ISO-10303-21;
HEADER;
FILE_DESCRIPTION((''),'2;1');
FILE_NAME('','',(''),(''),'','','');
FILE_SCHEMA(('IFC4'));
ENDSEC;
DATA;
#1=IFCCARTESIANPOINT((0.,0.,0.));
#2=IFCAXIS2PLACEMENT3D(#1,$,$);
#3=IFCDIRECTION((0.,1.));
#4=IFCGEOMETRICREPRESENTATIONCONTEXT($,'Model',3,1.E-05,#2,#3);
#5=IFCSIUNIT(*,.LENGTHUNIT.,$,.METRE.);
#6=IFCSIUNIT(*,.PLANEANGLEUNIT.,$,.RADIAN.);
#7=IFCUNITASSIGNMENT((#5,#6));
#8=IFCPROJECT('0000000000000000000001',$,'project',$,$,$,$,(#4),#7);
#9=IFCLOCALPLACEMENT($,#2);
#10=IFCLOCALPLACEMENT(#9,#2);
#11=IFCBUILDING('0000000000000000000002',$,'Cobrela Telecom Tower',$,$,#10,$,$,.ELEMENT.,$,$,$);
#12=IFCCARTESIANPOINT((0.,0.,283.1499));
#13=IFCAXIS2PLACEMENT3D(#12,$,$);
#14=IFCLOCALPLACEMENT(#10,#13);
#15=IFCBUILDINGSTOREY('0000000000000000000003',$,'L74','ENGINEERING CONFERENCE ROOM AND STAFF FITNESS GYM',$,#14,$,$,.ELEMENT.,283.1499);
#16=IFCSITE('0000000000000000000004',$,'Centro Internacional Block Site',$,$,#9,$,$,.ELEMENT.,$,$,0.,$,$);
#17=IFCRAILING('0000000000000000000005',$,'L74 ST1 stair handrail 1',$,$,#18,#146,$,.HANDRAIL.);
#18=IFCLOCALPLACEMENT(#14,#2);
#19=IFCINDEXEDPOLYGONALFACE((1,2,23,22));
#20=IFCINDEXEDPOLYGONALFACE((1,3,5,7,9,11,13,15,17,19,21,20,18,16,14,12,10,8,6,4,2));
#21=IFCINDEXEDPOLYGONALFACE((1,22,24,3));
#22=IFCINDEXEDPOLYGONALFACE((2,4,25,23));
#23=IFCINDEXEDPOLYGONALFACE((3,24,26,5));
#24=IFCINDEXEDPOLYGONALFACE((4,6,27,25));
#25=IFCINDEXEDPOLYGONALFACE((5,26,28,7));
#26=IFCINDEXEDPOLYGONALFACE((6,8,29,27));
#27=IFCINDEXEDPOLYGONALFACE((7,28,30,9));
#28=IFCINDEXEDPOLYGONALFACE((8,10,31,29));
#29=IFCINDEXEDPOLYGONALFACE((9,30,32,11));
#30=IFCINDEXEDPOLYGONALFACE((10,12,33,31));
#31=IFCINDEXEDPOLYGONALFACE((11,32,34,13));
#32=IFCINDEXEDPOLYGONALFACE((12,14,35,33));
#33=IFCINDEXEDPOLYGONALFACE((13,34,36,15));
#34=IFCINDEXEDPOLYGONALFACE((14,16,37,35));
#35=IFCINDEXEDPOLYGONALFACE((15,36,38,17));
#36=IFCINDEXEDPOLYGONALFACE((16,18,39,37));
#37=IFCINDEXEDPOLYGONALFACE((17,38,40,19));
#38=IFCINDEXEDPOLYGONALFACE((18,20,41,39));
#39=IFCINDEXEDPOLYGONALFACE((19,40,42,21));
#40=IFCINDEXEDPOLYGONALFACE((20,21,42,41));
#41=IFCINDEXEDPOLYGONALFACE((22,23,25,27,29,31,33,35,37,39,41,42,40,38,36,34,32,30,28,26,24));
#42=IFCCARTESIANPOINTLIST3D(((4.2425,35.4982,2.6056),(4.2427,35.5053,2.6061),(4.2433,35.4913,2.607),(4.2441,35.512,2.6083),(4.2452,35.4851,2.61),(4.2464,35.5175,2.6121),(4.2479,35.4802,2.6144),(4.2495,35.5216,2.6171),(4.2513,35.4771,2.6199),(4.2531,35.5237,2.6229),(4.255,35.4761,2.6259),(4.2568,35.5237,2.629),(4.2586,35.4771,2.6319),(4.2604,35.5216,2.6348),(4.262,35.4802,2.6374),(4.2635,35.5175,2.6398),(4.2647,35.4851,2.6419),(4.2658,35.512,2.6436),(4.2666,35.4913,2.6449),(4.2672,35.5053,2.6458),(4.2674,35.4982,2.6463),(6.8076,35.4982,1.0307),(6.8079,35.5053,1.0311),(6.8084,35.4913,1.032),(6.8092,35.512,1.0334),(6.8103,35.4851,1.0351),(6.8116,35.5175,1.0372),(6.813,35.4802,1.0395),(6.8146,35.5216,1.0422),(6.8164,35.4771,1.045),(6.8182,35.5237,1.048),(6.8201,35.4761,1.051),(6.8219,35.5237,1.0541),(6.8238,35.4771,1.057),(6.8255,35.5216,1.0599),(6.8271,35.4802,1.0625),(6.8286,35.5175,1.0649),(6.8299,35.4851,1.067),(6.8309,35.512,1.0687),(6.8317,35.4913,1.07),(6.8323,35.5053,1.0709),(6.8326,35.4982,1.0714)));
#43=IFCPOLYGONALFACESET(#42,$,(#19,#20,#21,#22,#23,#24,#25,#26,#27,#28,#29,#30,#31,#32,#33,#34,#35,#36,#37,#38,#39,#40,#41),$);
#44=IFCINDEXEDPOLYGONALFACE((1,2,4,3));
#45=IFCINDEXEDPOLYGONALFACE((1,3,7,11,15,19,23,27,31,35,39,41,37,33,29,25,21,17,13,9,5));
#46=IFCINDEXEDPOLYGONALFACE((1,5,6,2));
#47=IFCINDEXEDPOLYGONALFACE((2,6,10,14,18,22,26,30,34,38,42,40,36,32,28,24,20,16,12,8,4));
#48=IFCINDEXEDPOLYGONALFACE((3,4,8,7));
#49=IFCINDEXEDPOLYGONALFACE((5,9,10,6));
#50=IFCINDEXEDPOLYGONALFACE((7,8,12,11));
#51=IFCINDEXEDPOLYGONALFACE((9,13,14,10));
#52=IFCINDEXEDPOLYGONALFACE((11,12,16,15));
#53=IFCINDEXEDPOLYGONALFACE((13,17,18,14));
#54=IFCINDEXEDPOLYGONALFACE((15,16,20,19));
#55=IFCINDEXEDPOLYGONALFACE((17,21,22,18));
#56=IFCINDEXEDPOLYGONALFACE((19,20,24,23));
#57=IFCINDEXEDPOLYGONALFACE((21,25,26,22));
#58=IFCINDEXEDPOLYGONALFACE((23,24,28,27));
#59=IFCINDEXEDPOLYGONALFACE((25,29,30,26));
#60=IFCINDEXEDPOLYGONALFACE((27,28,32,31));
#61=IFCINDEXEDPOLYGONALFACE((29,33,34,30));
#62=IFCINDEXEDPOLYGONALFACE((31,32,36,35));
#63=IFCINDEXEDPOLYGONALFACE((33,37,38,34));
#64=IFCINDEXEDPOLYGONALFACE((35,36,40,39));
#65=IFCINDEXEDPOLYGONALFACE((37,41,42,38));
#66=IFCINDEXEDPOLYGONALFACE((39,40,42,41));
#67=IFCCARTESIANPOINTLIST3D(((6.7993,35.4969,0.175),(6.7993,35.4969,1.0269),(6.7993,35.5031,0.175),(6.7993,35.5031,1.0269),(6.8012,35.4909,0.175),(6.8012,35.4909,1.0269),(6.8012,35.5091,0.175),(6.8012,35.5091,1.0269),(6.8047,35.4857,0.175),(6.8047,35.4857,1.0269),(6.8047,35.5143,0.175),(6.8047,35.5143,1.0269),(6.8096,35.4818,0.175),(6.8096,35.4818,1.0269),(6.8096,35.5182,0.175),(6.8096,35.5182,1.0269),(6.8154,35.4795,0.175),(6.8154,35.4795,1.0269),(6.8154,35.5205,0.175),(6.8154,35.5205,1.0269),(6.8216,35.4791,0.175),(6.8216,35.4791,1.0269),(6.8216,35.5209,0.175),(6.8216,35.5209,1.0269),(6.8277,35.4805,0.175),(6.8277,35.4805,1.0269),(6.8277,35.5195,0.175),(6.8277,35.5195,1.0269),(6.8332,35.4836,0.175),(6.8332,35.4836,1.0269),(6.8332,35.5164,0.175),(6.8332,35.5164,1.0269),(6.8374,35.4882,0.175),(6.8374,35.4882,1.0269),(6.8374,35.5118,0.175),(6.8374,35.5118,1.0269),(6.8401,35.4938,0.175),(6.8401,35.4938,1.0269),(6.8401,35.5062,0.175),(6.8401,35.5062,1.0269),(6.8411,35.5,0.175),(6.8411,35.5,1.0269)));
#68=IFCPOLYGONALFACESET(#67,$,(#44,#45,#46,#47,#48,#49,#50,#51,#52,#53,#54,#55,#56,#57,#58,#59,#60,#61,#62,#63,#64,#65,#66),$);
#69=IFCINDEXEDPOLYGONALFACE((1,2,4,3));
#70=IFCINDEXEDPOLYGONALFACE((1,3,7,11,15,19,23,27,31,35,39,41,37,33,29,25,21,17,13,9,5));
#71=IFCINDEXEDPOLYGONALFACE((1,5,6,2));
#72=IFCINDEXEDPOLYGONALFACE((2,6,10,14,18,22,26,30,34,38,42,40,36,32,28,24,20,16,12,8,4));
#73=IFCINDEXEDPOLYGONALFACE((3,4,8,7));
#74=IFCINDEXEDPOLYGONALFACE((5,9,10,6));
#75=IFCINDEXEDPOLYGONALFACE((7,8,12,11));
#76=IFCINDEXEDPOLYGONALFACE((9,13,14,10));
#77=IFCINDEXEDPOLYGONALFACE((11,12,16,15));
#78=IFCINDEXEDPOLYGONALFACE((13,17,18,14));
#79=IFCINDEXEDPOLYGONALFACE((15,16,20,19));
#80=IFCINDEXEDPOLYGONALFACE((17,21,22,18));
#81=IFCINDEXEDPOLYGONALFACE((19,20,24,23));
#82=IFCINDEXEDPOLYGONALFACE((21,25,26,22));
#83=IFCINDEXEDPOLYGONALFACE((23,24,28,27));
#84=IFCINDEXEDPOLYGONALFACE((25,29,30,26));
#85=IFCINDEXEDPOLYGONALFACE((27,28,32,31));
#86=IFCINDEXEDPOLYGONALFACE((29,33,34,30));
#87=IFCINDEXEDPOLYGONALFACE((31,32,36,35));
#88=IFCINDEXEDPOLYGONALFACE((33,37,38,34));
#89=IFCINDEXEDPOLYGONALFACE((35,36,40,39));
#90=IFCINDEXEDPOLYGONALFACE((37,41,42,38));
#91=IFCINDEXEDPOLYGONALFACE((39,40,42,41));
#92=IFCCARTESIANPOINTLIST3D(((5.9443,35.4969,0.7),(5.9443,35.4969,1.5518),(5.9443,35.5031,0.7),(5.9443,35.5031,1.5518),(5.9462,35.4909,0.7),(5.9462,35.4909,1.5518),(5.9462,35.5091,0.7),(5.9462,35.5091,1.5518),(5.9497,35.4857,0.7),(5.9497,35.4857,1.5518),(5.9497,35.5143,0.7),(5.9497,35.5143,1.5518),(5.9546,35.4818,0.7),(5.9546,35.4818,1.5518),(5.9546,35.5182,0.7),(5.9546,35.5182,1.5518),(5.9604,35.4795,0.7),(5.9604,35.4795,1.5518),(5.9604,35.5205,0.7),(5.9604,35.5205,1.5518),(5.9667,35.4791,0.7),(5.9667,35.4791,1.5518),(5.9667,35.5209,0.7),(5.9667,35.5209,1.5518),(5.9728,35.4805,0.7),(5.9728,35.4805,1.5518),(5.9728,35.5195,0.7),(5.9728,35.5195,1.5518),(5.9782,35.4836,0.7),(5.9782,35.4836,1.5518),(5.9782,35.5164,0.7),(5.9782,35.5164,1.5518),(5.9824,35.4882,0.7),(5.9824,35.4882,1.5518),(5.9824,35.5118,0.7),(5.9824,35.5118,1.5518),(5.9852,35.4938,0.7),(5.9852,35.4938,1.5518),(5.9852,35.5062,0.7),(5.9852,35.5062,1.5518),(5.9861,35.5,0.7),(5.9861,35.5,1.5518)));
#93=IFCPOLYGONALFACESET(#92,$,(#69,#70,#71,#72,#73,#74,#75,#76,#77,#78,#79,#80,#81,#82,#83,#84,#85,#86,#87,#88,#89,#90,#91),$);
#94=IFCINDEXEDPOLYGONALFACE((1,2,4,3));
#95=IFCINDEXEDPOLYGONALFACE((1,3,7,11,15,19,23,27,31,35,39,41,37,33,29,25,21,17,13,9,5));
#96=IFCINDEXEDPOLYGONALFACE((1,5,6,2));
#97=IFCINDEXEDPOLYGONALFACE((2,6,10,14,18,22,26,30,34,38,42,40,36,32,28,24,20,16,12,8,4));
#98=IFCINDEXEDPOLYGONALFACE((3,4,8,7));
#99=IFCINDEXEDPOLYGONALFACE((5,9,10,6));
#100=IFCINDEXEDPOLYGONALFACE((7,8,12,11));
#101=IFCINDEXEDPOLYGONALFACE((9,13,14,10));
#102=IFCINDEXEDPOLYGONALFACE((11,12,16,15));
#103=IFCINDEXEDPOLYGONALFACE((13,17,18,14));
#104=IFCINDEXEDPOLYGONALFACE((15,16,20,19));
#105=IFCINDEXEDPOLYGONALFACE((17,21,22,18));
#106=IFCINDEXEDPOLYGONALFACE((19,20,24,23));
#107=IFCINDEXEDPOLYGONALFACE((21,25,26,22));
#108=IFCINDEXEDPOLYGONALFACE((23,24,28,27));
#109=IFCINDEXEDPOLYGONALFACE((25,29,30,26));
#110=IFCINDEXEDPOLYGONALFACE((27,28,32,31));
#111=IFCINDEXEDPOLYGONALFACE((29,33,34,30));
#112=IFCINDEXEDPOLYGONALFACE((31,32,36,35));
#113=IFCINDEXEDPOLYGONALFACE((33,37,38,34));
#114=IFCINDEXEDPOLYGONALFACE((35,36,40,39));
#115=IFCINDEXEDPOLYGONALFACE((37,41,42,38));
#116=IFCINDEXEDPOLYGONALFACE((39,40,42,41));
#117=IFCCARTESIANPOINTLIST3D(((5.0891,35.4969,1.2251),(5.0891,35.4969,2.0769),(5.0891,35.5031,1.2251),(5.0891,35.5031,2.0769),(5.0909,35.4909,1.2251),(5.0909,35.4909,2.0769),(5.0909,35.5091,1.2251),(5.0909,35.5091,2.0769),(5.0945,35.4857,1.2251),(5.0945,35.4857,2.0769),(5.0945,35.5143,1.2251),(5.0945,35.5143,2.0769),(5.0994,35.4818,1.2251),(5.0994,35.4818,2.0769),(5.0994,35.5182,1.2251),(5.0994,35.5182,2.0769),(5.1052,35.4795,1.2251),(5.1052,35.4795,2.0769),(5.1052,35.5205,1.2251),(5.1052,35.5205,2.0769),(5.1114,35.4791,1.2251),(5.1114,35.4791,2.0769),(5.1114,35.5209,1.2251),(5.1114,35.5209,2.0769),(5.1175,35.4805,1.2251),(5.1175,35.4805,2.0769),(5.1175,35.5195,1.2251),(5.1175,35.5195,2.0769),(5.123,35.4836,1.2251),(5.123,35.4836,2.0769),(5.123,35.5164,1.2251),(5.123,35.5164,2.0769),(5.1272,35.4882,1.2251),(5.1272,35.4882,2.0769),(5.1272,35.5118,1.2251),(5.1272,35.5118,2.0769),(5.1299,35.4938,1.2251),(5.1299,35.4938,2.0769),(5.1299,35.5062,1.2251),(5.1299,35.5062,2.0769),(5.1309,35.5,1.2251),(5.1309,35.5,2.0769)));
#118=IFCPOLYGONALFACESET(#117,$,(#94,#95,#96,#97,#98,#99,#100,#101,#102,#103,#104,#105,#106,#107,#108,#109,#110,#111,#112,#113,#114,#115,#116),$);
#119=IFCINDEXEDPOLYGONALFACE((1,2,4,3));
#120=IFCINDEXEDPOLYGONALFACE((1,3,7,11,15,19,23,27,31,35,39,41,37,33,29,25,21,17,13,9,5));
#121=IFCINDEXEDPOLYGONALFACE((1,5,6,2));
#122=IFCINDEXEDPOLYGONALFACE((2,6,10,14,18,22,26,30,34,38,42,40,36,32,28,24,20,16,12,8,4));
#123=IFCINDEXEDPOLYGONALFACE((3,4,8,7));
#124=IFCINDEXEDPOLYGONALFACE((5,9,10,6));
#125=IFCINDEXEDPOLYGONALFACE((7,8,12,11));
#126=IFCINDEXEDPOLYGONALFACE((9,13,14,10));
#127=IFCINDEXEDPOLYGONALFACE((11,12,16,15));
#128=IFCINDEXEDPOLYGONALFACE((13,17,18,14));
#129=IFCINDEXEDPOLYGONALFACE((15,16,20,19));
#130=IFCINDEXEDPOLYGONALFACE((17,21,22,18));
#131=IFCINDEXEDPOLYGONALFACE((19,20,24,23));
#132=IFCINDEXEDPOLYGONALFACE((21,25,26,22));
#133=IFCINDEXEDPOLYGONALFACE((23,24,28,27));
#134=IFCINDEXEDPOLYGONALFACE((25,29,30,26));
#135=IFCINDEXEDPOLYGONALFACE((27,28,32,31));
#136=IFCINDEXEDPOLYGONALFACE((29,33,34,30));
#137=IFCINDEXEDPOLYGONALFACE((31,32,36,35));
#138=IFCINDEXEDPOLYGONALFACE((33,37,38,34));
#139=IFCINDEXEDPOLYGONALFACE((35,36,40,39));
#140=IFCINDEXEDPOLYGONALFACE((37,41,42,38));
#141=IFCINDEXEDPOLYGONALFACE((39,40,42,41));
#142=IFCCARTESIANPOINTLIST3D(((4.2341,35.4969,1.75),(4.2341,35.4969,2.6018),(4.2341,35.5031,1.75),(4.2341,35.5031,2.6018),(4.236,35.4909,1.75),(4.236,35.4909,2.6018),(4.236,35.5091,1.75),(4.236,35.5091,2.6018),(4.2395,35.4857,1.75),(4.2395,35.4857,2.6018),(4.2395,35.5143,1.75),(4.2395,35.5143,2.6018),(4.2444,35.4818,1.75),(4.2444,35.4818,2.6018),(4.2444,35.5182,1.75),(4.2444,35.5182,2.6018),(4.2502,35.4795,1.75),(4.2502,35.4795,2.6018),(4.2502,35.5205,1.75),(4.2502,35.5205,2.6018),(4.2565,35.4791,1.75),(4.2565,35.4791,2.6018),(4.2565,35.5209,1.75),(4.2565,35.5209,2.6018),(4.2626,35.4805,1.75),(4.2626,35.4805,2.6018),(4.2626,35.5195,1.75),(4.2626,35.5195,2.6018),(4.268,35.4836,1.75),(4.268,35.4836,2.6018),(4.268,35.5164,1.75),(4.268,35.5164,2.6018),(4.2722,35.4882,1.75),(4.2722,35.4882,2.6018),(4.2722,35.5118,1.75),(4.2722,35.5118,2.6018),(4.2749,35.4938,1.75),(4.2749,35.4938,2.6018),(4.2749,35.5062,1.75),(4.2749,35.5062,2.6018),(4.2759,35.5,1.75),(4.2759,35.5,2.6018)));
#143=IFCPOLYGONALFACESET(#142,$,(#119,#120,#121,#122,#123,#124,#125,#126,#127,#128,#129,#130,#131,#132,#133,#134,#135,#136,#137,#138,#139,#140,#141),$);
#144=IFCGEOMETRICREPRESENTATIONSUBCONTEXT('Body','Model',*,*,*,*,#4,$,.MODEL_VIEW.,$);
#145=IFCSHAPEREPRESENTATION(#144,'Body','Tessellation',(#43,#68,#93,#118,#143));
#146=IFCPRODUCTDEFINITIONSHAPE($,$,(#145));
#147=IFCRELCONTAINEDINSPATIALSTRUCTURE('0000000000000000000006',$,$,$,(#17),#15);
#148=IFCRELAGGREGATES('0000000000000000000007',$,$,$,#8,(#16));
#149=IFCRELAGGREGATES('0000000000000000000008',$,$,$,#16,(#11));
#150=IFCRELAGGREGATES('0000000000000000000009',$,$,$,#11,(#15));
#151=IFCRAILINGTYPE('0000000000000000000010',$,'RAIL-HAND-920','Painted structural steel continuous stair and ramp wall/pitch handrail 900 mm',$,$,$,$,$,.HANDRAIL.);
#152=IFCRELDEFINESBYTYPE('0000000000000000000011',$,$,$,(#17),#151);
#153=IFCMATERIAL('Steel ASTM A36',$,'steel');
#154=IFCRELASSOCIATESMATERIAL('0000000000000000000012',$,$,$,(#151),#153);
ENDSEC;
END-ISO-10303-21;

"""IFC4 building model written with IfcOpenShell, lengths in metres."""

from ifc_helpers import new_model, si_unit, direction, frame, origin, origin_2d, place, context, subcontext, project, spatial, circle, extrude, material, type_object, element, save


model = new_model("IFC4")

# Units and contexts
model_context = context("Model", 3, precision=1e-05, world=origin(), true_north=direction((0.0, 1.0)))
body_context = subcontext(model_context, "Body", "Model", "MODEL_VIEW")
ifc_project = project(units=[si_unit("LENGTHUNIT", "METRE"), si_unit("PLANEANGLEUNIT", "RADIAN")], contexts=[model_context])

# Site, building, storey
site_placement = place(None, origin())
site = spatial("IfcSite", under=ifc_project, at=site_placement, Name="Centro Internacional Block Site", CompositionType="ELEMENT", RefElevation=0.0)
building_placement = place(site_placement, origin())
building = spatial("IfcBuilding", under=site, at=building_placement, Name="Cobrela Telecom Tower", CompositionType="ELEMENT")
storey_placement = place(building_placement, frame((0.0, 0.0, 283.1499)))
storey = spatial("IfcBuildingStorey", under=building, at=storey_placement, Name="L74", Description="ENGINEERING CONFERENCE ROOM AND STAFF FITNESS GYM", CompositionType="ELEMENT", Elevation=283.1499)

# Shared definitions
ifc_material_1 = material(Name="Steel ASTM A36", Category="steel")

# Railing
railing_type_1 = type_object("IfcRailingType", Name="RAIL-HAND-920", Description="Painted structural steel continuous stair and ramp wall/pitch handrail 900 mm", PredefinedType="HANDRAIL", material=ifc_material_1)
railing_1_placement = place(storey_placement, frame((6.8201, 35.5, 0.175)))
element("IfcRailing", 1, at=railing_1_placement, inside=storey, type_object=railing_type_1, Name="L74 ST1 stair handrail 1", PredefinedType="HANDRAIL", context=body_context, shape_type="SweptSolid", body=[
    extrude(circle(Radius=0.0239, at=origin_2d()), frame((0.0, 0.0, 0.876), z_axis=(-0.852195, 0.0, 0.523224), x_axis=(0.0, -1.0, 0.0)), (0.0, 0.0, 1.0), 3.01),
    extrude(circle(Radius=0.021, at=origin_2d()), origin(), (0.0, 0.0, 1.0), 0.8518),
    extrude(circle(Radius=0.021, at=origin_2d()), frame((-0.855, 0.0, 0.5249)), (0.0, 0.0, 1.0), 0.8518),
    extrude(circle(Radius=0.021, at=origin_2d()), frame((-1.7102, 0.0, 1.05)), (0.0, 0.0, 1.0), 0.8518),
    extrude(circle(Radius=0.021, at=origin_2d()), frame((-2.5652, 0.0, 1.575)), (0.0, 0.0, 1.0), 0.8518),
])

save(model, "model.ifc")
